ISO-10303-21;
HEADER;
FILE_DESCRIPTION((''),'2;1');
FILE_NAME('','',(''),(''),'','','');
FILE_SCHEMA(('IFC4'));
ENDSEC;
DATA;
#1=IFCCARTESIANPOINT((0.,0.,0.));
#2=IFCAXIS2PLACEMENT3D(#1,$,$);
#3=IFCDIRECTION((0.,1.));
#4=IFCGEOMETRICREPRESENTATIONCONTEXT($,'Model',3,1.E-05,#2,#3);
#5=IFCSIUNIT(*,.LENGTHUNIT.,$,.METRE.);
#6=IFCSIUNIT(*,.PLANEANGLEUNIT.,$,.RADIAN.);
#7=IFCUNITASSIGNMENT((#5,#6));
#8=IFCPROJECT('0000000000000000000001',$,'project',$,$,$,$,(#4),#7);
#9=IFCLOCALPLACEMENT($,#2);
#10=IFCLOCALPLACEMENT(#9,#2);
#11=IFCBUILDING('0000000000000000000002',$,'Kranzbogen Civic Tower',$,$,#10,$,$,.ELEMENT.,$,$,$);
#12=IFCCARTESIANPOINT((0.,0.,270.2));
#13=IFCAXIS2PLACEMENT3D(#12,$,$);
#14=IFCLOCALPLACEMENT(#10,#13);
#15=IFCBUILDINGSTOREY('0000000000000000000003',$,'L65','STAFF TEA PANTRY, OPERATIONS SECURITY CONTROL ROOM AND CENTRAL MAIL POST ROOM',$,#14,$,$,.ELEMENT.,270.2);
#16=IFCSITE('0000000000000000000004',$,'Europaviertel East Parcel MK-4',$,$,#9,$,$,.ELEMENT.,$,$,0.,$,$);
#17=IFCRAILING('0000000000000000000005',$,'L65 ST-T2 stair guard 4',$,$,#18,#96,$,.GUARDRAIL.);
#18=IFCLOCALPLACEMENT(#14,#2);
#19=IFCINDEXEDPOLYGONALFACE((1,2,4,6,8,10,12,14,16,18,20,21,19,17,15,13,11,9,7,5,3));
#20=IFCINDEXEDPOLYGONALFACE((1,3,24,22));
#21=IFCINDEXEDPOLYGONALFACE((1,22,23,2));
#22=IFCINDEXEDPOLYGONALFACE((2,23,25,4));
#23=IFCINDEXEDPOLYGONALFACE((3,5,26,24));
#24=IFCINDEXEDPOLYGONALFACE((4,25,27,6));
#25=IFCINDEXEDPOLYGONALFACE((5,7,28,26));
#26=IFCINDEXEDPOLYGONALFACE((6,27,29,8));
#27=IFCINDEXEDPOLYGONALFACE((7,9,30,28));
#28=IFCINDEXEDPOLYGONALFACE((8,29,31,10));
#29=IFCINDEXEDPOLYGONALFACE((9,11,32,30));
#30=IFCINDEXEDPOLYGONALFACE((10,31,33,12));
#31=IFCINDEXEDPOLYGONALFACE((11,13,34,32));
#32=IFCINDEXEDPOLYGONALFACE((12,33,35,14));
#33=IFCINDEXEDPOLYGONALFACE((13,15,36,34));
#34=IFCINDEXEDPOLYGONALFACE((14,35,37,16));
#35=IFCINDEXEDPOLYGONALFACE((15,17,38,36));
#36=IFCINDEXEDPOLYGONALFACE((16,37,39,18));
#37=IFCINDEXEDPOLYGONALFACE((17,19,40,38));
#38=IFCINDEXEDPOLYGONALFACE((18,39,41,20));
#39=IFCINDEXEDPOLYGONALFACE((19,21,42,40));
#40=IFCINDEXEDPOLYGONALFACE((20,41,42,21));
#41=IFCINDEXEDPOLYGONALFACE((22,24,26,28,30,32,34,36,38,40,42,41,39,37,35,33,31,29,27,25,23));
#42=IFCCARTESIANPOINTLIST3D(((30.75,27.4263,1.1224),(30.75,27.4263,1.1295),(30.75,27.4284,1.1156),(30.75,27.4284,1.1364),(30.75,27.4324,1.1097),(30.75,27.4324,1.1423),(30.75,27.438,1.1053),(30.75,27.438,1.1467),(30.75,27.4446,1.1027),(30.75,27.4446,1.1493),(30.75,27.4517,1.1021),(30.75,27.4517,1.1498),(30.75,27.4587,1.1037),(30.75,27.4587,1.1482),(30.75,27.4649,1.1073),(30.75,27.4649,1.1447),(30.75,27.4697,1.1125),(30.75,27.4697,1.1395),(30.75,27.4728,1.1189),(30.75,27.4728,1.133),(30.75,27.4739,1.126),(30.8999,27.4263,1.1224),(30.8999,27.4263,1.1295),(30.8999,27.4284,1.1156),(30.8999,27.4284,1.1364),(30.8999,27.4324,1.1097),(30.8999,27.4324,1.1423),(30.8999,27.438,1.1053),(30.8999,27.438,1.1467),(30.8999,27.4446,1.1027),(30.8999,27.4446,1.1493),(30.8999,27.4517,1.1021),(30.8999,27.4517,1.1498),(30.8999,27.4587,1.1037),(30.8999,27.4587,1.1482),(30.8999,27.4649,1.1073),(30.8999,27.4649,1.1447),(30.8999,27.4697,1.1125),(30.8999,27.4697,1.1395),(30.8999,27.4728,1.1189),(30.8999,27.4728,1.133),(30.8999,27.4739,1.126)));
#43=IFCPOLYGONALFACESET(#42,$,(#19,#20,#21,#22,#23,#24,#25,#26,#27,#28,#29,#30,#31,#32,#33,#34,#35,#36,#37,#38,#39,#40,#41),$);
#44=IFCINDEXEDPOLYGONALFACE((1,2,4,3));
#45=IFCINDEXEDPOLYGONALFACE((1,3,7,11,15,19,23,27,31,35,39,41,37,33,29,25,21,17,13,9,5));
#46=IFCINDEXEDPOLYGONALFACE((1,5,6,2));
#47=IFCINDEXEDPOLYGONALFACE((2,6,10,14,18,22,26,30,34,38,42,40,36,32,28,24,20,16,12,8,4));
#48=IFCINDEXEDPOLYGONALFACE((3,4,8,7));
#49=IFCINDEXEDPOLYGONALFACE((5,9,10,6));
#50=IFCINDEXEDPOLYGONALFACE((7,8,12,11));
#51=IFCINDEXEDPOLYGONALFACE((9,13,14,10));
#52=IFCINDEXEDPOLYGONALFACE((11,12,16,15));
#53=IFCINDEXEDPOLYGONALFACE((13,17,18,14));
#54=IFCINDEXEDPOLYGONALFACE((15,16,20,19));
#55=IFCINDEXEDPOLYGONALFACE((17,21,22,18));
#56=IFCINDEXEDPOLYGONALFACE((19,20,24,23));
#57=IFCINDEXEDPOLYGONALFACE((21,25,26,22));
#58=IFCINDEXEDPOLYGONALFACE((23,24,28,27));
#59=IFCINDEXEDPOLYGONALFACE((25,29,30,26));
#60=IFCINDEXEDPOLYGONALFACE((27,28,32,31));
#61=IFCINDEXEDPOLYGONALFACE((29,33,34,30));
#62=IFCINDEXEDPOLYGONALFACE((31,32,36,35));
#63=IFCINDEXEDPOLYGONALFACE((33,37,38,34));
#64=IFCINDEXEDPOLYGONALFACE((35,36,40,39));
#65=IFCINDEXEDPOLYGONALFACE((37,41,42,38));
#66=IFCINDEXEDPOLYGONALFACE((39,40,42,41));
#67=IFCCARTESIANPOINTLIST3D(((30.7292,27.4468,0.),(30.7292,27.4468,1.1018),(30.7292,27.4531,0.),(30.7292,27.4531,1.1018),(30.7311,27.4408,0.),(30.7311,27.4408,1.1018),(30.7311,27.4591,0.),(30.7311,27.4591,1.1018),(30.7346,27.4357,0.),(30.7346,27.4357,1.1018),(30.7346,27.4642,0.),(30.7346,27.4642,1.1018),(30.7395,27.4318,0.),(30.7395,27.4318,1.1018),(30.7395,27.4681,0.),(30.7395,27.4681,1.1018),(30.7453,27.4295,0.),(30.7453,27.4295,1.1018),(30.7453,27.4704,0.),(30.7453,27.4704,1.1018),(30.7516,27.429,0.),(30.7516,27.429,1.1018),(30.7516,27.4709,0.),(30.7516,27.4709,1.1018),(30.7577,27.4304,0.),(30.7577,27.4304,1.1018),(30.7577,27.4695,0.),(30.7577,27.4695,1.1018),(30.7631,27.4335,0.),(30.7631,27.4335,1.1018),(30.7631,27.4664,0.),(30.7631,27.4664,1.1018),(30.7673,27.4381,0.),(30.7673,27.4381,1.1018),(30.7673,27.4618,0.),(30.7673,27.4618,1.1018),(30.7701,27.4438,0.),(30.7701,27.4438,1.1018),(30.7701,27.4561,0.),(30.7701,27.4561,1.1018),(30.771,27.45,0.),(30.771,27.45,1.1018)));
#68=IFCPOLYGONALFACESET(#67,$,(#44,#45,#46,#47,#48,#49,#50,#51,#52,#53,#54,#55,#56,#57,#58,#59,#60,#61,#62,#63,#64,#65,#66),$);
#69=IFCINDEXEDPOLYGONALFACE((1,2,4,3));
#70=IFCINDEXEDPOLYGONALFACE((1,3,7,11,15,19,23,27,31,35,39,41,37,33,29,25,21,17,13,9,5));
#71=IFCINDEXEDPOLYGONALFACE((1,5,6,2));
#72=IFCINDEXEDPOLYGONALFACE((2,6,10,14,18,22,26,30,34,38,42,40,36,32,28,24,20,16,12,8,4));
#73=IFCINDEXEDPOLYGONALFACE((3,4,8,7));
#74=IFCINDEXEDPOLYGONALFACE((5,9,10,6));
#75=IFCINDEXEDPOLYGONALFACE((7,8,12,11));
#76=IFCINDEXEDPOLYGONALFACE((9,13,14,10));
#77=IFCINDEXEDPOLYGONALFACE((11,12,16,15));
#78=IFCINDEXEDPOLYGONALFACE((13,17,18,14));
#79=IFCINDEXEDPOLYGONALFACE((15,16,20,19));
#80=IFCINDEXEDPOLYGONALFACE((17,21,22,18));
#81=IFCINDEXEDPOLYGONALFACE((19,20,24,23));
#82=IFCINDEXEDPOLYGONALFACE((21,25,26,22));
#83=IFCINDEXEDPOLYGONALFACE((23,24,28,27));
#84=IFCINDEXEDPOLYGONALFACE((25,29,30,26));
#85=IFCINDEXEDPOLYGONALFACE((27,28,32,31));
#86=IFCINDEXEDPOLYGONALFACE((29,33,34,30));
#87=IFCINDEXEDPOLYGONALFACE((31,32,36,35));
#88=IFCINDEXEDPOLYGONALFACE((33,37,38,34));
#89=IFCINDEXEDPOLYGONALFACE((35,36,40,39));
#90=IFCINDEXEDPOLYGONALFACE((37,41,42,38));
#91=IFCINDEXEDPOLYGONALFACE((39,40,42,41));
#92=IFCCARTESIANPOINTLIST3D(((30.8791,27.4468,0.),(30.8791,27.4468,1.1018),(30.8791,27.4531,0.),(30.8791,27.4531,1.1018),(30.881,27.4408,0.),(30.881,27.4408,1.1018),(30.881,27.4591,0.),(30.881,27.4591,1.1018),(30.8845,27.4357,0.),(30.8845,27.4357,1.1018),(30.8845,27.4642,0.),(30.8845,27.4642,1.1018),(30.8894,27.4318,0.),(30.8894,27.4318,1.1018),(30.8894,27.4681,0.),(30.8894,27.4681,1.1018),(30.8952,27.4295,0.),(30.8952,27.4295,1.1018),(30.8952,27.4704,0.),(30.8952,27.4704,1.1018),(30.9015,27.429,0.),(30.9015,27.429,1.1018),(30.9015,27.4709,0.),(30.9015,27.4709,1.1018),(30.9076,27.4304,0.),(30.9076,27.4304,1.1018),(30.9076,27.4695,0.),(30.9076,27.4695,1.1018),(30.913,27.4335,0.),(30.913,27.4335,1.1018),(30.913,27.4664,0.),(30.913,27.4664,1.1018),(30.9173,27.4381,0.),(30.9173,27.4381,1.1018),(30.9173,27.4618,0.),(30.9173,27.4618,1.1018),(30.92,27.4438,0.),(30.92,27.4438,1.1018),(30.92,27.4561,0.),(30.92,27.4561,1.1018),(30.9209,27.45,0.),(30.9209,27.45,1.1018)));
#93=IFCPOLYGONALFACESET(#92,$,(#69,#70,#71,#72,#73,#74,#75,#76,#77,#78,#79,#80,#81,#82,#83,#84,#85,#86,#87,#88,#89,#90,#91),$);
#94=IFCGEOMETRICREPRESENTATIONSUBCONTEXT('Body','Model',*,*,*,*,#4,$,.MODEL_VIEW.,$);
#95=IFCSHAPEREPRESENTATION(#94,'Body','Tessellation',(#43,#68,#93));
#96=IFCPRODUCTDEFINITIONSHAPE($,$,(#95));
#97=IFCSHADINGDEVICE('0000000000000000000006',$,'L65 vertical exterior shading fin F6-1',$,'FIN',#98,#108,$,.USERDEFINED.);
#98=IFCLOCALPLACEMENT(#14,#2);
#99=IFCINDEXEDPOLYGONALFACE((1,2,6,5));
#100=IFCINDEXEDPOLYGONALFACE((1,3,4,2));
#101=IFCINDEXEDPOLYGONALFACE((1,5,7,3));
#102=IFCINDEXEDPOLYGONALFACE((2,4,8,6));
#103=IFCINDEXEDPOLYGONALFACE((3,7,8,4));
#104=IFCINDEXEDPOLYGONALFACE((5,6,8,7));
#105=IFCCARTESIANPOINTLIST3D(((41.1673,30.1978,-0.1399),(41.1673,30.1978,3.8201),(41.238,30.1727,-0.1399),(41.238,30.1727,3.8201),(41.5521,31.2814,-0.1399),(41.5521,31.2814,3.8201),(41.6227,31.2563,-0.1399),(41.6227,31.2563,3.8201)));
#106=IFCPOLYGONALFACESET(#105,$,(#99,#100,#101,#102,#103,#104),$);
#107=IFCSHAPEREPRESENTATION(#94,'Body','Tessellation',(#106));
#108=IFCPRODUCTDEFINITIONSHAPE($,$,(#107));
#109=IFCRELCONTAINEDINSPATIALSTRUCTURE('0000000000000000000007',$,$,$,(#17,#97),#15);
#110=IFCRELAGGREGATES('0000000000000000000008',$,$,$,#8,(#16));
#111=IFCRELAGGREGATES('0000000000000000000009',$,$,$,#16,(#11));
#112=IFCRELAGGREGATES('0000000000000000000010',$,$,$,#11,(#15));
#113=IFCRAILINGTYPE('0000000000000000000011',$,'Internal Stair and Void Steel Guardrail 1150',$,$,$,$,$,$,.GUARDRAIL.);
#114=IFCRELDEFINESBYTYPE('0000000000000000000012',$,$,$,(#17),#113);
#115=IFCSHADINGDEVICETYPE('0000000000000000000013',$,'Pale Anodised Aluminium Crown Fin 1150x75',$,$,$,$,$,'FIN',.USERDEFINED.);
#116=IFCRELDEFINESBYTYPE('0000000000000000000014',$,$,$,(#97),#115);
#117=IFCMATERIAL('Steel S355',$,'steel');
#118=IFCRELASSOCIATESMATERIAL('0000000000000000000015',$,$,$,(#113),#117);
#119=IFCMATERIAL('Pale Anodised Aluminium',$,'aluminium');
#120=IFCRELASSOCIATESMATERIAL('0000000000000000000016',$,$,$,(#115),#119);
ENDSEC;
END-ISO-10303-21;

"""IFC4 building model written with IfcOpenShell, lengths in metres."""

from ifc_helpers import new_model, si_unit, direction, frame, origin, origin_2d, place, context, subcontext, project, spatial, rectangle, circle, extrude, material, type_object, element, save


model = new_model("IFC4")

# Units and contexts
model_context = context("Model", 3, precision=1e-05, world=origin(), true_north=direction((0.0, 1.0)))
body_context = subcontext(model_context, "Body", "Model", "MODEL_VIEW")
ifc_project = project(units=[si_unit("LENGTHUNIT", "METRE"), si_unit("PLANEANGLEUNIT", "RADIAN")], contexts=[model_context])

# Site, building, storey
site_placement = place(None, origin())
site = spatial("IfcSite", under=ifc_project, at=site_placement, Name="Europaviertel East Parcel MK-4", CompositionType="ELEMENT", RefElevation=0.0)
building_placement = place(site_placement, origin())
building = spatial("IfcBuilding", under=site, at=building_placement, Name="Kranzbogen Civic Tower", CompositionType="ELEMENT")
storey_placement = place(building_placement, frame((0.0, 0.0, 270.2)))
storey = spatial("IfcBuildingStorey", under=building, at=storey_placement, Name="L65", Description="STAFF TEA PANTRY, OPERATIONS SECURITY CONTROL ROOM AND CENTRAL MAIL POST ROOM", CompositionType="ELEMENT", Elevation=270.2)

# Shared definitions
ifc_material_1 = material(Name="Steel S355", Category="steel")

# Shared definitions
ifc_material_2 = material(Name="Pale Anodised Aluminium", Category="aluminium")

# Railing
railing_type_1 = type_object("IfcRailingType", Name="Internal Stair and Void Steel Guardrail 1150", PredefinedType="GUARDRAIL", material=ifc_material_1)
railing_1_placement = place(storey_placement, frame((30.75, 27.45, 0.0)))
element("IfcRailing", 1, at=railing_1_placement, inside=storey, type_object=railing_type_1, Name="L65 ST-T2 stair guard 4", PredefinedType="GUARDRAIL", context=body_context, shape_type="SweptSolid", body=[
    extrude(circle(Radius=0.0239, at=origin_2d()), frame((0.0, 0.0, 1.126), z_axis=(1.0, 0.0, 0.0), x_axis=(0.0, 1.0, 0.0)), (0.0, 0.0, 1.0), 0.1499),
    extrude(circle(Radius=0.021, at=origin_2d()), origin(), (0.0, 0.0, 1.0), 1.1018),
    extrude(circle(Radius=0.021, at=origin_2d()), frame((0.1499, 0.0, 0.0)), (0.0, 0.0, 1.0), 1.1018),
])

# Shading device
shading_device_type = type_object("IfcShadingDeviceType", Name="Pale Anodised Aluminium Crown Fin 1150x75", ElementType="FIN", PredefinedType="USERDEFINED", material=ifc_material_2)
shading_device_placement = place(storey_placement, frame((41.395, 30.7271, -0.1399), z_axis=(0.0, 0.0, 1.0), x_axis=(0.334596, 0.942362, 0.0)))
element("IfcShadingDevice", 2, at=shading_device_placement, inside=storey, type_object=shading_device_type, Name="L65 vertical exterior shading fin F6-1", ObjectType="FIN", PredefinedType="USERDEFINED", context=body_context, shape_type="SweptSolid", body=[
    extrude(rectangle(XDim=1.1499, YDim=0.075, at=origin_2d()), origin(), (0.0, 0.0, 1.0), 3.96),
])

save(model, "model.ifc")
